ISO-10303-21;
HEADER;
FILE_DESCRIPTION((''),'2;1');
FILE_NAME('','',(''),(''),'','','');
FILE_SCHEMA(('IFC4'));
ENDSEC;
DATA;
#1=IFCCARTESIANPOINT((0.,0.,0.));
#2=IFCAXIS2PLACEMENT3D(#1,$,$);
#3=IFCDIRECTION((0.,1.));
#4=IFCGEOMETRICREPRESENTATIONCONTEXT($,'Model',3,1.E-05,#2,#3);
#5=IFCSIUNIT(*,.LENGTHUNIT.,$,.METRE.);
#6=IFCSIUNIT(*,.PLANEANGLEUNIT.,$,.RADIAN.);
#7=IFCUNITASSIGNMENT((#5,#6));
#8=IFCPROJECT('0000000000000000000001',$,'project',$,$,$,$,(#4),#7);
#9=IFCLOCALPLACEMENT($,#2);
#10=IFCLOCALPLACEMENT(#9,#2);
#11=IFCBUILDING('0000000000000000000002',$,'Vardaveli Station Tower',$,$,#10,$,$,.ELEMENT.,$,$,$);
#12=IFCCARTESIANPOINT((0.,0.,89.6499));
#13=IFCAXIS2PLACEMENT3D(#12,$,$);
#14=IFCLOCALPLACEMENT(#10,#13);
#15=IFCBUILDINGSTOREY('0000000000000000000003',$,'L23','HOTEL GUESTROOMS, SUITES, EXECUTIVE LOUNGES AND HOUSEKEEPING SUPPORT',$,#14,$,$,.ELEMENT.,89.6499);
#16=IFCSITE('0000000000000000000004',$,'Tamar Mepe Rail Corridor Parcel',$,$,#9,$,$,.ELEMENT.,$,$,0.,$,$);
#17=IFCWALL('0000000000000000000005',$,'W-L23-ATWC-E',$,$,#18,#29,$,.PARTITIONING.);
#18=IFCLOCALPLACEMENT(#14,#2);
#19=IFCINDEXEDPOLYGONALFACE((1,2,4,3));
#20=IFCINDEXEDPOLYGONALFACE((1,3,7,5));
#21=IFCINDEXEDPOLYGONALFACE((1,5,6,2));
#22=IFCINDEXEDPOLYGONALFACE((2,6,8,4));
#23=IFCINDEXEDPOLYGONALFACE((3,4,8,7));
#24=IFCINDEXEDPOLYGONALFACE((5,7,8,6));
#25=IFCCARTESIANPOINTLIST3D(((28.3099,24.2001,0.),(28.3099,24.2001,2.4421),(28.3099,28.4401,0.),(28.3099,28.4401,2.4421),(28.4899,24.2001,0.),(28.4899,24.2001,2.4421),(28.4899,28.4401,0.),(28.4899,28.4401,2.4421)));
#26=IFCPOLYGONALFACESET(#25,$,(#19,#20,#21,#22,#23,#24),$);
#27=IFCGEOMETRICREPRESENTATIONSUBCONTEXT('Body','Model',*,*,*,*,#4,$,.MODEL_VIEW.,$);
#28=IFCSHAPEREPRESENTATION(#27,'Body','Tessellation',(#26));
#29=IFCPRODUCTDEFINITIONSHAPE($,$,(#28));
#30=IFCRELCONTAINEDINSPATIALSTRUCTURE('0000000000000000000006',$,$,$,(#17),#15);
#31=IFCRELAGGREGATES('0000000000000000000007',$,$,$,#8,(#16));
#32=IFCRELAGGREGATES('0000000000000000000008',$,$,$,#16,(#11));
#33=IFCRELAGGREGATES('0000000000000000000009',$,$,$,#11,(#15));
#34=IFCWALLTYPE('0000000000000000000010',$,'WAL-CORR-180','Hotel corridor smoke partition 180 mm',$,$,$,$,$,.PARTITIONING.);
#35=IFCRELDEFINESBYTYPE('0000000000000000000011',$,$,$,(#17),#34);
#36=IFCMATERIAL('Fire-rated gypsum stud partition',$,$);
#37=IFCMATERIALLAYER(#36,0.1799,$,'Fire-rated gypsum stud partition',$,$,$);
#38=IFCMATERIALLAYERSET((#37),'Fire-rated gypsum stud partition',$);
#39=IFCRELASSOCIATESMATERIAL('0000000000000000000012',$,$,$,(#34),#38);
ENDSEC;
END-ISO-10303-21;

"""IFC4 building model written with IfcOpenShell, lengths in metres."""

from ifc_helpers import new_model, si_unit, direction, frame, frame_2d, origin, place, context, subcontext, project, spatial, rectangle, extrude, source, transform, mapped, material, layer, layer_set, type_object, element, save


model = new_model("IFC4")

# Units and contexts
model_context = context("Model", 3, precision=1e-05, world=origin(), true_north=direction((0.0, 1.0)))
body_context = subcontext(model_context, "Body", "Model", "MODEL_VIEW")
ifc_project = project(units=[si_unit("LENGTHUNIT", "METRE"), si_unit("PLANEANGLEUNIT", "RADIAN")], contexts=[model_context])

# Site, building, storey
site_placement = place(None, origin())
site = spatial("IfcSite", under=ifc_project, at=site_placement, Name="Tamar Mepe Rail Corridor Parcel", CompositionType="ELEMENT", RefElevation=0.0)
building_placement = place(site_placement, origin())
building = spatial("IfcBuilding", under=site, at=building_placement, Name="Vardaveli Station Tower", CompositionType="ELEMENT")
storey_placement = place(building_placement, frame((0.0, 0.0, 89.6499)))
storey = spatial("IfcBuildingStorey", under=building, at=storey_placement, Name="L23", Description="HOTEL GUESTROOMS, SUITES, EXECUTIVE LOUNGES AND HOUSEKEEPING SUPPORT", CompositionType="ELEMENT", Elevation=89.6499)

# Wall
ifc_material_1 = material(Name="Fire-rated gypsum stud partition")
ifc_layer_1 = layer(ifc_material_1, 0.1799, Name="Fire-rated gypsum stud partition")
ifc_layer_set_1 = layer_set([ifc_layer_1], Name="Fire-rated gypsum stud partition")
wall_type_1 = type_object("IfcWallType", Name="WAL-CORR-180", Description="Hotel corridor smoke partition 180 mm", PredefinedType="PARTITIONING", material=ifc_layer_set_1)
shared_shape_1 = source(origin(), body_context, "Body", "SweptSolid", [
    extrude(rectangle(XDim=4.24, YDim=0.1799, at=frame_2d((2.1201, 0.0))), origin(), (0.0, 0.0, 1.0), 2.4421),
])
wall_1_placement = place(storey_placement, frame((28.3999, 24.2, 0.0), z_axis=(0.0, 0.0, 1.0), x_axis=(0.0, 1.0, 0.0)))
element("IfcWall", 1, at=wall_1_placement, inside=storey, type_object=wall_type_1, Name="W-L23-ATWC-E", PredefinedType="PARTITIONING", context=body_context, shape_type="MappedRepresentation", body=[
    mapped(shared_shape_1, transform((0.0, 0.0, 0.0), scale=1.0)),
])

save(model, "model.ifc")
